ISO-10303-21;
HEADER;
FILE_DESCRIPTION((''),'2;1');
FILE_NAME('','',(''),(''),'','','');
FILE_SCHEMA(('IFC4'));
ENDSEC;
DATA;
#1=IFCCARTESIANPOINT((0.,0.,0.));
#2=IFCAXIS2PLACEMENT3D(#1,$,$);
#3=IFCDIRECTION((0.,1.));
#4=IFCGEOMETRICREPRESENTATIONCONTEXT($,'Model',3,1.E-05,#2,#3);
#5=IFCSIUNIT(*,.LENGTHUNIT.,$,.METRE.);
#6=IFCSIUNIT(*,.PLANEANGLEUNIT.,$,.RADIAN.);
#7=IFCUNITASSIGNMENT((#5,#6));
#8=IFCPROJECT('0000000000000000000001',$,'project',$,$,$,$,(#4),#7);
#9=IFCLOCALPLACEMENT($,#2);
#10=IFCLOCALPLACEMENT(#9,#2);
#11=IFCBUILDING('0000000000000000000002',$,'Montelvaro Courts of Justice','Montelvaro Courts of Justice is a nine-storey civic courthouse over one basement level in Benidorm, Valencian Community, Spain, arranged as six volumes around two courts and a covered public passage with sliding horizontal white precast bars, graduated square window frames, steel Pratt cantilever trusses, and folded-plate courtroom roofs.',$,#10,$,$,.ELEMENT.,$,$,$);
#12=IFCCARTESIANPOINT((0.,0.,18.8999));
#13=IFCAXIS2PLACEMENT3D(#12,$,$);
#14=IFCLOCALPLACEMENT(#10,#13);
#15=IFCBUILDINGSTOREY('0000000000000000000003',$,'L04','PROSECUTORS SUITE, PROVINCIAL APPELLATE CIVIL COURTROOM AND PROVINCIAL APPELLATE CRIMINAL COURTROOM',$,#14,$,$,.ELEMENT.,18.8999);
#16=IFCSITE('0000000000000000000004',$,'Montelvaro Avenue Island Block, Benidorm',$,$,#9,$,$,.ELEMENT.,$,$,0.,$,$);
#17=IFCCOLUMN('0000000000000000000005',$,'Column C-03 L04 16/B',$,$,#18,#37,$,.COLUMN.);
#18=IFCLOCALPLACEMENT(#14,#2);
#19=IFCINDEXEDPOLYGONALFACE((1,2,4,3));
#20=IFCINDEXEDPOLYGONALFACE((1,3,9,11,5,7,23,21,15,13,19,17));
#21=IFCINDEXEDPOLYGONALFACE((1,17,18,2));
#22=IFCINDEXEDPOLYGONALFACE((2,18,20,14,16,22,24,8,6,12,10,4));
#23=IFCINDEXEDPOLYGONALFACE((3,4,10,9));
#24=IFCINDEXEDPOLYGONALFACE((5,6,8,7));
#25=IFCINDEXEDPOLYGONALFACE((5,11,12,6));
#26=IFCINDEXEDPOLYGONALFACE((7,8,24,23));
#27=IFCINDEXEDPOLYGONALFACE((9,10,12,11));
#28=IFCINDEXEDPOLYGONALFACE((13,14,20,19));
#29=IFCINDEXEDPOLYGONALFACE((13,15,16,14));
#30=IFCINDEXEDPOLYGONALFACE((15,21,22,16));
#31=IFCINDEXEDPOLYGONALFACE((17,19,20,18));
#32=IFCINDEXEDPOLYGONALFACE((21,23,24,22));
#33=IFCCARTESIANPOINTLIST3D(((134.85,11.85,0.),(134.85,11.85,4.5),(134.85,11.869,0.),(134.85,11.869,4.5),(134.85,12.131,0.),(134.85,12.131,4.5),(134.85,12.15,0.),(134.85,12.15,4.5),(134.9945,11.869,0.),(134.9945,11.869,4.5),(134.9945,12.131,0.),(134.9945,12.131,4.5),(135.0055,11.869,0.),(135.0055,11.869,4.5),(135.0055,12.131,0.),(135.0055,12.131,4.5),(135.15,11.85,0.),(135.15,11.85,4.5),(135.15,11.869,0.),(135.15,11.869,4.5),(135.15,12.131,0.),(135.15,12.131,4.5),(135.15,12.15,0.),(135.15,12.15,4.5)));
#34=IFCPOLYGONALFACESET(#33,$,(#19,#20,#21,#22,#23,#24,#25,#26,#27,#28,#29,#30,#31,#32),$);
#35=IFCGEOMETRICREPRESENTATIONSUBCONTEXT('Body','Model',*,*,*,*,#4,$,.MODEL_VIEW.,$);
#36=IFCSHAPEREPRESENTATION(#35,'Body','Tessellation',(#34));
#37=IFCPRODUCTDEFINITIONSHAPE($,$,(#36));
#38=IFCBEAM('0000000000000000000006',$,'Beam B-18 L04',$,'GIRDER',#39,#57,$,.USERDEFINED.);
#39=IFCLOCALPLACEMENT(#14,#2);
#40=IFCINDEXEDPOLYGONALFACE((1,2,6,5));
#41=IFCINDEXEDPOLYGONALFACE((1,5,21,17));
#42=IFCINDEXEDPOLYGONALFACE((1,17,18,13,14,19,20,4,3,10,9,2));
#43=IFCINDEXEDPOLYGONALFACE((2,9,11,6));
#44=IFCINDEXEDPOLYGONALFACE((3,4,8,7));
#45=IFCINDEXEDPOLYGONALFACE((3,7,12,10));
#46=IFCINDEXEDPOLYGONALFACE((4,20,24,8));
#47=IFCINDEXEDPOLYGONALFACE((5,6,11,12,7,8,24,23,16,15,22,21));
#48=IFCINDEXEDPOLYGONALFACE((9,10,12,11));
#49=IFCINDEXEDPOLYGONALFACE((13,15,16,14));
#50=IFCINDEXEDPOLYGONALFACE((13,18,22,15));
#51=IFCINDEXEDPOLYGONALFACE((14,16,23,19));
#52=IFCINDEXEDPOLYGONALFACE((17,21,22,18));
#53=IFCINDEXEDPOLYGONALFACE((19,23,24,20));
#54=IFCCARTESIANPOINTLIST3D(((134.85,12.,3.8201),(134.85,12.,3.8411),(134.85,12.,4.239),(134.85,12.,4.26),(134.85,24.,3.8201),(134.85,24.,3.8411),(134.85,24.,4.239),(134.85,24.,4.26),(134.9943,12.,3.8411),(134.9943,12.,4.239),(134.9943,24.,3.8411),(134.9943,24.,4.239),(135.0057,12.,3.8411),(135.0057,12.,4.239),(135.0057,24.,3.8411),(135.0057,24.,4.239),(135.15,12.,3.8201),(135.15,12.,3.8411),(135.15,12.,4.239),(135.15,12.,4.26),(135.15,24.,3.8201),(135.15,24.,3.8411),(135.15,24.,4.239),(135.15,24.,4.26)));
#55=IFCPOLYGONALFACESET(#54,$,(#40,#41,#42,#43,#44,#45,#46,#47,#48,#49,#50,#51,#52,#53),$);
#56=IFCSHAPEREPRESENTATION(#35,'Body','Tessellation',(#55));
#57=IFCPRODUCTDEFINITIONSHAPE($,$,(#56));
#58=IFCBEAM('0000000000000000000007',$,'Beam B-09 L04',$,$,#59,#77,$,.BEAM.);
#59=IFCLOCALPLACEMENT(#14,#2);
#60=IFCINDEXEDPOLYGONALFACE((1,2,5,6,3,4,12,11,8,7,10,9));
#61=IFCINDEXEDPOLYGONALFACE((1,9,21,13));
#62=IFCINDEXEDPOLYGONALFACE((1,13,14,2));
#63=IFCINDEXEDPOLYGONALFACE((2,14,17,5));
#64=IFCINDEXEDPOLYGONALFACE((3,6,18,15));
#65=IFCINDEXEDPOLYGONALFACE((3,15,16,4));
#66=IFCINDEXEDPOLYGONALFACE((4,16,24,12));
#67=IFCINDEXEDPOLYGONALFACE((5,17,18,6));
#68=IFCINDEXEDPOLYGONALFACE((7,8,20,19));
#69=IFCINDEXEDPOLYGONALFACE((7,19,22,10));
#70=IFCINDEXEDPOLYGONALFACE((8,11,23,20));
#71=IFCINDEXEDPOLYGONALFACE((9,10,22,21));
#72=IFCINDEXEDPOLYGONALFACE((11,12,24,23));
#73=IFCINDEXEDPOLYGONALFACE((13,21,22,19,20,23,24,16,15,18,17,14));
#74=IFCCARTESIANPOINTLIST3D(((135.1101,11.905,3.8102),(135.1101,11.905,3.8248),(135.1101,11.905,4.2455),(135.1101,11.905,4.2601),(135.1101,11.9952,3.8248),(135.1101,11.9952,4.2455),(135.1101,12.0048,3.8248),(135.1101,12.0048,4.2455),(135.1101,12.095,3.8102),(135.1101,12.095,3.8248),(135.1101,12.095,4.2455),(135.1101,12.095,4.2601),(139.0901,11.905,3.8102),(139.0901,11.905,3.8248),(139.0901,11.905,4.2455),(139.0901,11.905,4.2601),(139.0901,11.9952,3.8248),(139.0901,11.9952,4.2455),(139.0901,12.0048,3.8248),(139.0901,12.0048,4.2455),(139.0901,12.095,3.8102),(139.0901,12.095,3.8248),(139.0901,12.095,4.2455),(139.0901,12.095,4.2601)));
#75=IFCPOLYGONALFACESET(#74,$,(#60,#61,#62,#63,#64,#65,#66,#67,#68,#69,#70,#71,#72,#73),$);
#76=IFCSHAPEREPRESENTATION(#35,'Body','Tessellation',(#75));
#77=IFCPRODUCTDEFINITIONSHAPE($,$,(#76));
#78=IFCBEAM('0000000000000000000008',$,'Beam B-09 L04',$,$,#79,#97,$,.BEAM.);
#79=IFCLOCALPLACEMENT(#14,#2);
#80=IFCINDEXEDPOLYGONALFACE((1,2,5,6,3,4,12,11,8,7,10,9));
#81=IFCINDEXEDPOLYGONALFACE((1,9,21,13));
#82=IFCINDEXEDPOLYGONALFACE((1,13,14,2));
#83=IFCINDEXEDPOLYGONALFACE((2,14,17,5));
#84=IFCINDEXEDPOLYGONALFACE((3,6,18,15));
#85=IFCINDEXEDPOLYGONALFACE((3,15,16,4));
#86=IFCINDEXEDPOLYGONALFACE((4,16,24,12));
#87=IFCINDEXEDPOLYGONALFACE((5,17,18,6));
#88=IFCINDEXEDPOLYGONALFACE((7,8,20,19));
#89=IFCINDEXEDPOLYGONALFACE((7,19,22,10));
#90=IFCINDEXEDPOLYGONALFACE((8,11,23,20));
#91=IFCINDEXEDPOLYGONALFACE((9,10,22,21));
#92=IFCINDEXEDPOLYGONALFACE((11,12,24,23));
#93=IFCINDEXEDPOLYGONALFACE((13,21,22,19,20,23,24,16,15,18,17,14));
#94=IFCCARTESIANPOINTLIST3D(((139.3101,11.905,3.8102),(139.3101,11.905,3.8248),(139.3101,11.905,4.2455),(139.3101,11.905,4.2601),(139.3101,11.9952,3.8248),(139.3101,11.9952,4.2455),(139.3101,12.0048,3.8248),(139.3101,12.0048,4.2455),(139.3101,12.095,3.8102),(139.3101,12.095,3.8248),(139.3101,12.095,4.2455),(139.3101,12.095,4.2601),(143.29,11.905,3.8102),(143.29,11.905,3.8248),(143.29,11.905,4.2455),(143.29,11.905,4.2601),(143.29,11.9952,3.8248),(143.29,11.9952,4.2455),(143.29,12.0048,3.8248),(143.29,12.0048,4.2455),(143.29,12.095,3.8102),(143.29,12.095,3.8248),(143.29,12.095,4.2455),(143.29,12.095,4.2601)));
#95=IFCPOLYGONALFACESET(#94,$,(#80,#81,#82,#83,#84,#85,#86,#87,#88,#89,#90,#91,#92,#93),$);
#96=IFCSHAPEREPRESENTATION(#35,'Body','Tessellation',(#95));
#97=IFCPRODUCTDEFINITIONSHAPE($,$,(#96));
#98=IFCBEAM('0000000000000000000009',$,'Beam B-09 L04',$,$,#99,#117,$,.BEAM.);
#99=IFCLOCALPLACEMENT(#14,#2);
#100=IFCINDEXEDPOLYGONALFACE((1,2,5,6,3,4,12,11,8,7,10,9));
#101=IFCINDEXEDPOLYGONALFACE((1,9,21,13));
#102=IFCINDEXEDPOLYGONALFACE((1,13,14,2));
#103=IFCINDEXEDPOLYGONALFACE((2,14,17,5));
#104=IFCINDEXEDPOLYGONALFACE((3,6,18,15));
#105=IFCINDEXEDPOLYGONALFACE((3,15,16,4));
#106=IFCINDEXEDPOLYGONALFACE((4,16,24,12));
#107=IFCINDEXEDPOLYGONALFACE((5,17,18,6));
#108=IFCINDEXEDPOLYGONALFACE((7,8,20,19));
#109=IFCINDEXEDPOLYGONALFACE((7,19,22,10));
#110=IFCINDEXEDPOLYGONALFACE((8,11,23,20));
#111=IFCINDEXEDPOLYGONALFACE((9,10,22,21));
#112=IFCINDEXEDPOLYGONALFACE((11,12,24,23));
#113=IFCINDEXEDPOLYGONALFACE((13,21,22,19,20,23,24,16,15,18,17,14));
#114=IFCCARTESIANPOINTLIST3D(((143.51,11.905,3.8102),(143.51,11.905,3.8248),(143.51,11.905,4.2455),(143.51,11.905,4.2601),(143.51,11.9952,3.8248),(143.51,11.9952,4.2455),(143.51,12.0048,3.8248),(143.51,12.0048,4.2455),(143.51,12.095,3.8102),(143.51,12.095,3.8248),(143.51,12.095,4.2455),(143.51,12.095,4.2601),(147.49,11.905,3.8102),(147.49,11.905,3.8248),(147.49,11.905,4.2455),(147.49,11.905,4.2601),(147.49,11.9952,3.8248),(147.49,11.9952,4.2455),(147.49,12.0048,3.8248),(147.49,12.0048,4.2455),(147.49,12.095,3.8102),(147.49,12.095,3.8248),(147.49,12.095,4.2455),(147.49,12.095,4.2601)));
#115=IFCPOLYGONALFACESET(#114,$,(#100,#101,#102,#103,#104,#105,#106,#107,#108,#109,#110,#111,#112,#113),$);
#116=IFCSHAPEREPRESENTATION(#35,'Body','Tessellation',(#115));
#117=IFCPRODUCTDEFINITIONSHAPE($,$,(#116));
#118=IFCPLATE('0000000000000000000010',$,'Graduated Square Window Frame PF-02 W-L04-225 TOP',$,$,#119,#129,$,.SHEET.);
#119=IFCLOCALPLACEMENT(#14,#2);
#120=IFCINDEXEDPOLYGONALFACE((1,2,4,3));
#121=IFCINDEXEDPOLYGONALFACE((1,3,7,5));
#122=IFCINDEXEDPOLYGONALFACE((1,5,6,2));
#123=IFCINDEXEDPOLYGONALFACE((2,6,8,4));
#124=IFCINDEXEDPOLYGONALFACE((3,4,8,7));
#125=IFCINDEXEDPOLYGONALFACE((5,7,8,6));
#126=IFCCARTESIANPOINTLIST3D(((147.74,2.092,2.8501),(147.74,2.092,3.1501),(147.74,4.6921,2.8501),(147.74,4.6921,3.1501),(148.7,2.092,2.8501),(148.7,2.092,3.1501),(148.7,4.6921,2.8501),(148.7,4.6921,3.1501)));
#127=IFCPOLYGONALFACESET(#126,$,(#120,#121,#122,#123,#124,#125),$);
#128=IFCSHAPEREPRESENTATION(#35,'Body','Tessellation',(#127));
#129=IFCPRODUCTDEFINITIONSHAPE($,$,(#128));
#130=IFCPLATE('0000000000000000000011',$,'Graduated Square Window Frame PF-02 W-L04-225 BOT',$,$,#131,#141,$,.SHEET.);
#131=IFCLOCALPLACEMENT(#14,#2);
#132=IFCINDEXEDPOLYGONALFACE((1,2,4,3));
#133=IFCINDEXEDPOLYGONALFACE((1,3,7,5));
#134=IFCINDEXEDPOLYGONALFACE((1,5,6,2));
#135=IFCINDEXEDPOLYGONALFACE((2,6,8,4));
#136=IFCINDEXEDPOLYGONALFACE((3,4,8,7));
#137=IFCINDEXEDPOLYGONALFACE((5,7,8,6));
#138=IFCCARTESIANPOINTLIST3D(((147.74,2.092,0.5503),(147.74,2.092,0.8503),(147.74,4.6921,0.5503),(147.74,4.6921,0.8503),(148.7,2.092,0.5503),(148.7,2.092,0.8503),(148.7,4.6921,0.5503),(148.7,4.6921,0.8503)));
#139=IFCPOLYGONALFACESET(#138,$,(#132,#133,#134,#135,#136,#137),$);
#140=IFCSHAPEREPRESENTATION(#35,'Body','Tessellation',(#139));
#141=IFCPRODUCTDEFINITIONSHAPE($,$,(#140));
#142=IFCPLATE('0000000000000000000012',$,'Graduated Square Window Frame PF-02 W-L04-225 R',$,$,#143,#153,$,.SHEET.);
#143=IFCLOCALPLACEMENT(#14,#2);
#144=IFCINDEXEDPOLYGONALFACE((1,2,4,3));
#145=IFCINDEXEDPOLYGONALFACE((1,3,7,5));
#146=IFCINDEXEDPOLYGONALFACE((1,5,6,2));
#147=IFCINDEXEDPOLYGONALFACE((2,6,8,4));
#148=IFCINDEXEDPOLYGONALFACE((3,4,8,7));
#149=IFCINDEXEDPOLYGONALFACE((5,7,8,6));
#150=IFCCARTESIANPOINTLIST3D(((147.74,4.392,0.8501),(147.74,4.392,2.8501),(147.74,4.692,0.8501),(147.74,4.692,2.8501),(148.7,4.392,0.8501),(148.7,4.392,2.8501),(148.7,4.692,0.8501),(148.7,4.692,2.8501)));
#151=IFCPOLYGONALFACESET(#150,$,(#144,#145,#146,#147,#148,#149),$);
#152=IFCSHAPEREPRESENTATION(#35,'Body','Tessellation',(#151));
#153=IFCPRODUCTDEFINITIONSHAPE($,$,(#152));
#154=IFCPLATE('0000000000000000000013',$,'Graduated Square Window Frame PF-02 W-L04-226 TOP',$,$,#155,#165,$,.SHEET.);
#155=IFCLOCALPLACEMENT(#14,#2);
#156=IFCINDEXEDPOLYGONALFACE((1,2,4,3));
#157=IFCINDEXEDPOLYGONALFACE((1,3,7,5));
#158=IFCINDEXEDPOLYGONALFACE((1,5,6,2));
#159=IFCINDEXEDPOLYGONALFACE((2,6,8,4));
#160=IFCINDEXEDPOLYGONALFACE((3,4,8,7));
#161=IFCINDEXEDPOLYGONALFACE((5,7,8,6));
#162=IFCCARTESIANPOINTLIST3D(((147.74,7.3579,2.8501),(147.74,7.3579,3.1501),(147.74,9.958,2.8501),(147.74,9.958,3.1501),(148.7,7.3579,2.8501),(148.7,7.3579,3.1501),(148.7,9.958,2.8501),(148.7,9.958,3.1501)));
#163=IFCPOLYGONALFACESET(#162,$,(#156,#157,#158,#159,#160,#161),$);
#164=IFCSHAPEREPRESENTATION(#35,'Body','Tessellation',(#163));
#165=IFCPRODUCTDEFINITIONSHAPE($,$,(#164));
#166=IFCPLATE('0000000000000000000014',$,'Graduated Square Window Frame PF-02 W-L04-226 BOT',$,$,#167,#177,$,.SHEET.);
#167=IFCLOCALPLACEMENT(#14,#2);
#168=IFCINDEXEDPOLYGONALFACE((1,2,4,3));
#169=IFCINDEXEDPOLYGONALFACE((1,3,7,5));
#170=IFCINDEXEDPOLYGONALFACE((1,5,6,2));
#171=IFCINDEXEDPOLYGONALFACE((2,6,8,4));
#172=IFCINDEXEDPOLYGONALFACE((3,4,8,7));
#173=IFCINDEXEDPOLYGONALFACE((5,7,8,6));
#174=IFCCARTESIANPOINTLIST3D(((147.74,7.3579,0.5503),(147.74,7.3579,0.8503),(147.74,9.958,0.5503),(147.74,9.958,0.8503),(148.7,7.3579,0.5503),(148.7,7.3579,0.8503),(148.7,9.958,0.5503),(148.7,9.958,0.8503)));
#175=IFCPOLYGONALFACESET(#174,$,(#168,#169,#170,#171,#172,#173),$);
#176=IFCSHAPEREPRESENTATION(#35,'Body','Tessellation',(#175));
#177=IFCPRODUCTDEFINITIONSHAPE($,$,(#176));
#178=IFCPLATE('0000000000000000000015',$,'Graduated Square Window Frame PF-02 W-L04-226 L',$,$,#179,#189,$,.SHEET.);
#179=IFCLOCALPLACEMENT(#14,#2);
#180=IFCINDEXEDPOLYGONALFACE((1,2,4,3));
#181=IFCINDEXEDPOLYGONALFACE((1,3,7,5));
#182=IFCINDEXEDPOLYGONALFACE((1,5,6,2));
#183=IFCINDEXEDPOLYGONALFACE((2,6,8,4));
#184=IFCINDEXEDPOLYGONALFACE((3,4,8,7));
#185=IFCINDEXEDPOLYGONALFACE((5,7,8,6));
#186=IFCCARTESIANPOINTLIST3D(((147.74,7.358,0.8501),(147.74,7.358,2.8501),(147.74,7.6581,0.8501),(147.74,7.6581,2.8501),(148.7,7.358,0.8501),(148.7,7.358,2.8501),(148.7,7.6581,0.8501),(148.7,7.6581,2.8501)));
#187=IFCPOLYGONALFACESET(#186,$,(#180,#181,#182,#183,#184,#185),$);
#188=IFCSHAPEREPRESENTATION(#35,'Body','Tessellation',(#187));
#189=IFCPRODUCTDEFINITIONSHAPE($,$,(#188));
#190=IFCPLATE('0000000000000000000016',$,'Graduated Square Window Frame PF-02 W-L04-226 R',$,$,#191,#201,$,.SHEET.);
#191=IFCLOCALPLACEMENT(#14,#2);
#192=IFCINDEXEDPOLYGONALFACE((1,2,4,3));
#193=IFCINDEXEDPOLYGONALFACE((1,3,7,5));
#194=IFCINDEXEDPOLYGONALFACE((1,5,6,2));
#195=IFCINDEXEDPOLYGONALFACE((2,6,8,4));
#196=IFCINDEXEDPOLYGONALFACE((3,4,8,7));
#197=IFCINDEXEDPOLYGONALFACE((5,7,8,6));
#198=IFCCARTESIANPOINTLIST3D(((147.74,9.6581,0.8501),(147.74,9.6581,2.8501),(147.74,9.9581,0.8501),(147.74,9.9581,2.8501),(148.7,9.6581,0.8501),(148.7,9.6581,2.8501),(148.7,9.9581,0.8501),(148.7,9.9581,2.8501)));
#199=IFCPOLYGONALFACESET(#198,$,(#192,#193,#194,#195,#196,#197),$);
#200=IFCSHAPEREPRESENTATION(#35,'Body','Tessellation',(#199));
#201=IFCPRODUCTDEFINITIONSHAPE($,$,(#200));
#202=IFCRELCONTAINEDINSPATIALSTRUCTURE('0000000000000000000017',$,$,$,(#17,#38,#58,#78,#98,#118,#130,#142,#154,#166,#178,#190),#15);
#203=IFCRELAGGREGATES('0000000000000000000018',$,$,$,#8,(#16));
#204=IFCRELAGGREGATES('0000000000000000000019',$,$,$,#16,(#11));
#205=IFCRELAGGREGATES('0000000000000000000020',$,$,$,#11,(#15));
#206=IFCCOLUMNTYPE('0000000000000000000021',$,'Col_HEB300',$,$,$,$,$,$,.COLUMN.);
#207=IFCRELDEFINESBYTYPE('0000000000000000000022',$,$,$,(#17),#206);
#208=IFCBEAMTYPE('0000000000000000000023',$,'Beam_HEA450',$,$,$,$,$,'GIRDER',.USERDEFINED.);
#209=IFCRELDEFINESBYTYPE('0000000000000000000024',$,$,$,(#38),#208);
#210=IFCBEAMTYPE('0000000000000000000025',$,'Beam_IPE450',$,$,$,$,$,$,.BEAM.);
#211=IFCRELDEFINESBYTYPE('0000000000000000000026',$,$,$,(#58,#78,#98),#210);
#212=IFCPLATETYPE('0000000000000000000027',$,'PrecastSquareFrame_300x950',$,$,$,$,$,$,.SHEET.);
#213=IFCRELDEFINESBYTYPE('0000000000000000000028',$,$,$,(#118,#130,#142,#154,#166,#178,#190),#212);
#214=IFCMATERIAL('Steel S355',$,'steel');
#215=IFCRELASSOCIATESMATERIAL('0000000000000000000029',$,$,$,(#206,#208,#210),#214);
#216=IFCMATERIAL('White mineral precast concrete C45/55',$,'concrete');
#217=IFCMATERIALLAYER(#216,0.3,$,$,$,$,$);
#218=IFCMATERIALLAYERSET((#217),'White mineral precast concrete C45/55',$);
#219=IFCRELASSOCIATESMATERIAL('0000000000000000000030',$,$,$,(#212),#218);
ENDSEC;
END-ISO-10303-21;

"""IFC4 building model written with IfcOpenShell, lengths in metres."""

from ifc_helpers import new_model, si_unit, direction, frame, origin, origin_2d, place, context, subcontext, project, spatial, rectangle, i_section, extrude, material, layer, layer_set, material_profile, profile_set, type_object, element, save


model = new_model("IFC4")

# Units and contexts
model_context = context("Model", 3, precision=1e-05, world=origin(), true_north=direction((0.0, 1.0)))
body_context = subcontext(model_context, "Body", "Model", "MODEL_VIEW")
ifc_project = project(units=[si_unit("LENGTHUNIT", "METRE"), si_unit("PLANEANGLEUNIT", "RADIAN")], contexts=[model_context])

# Site, building, storey
site_placement = place(None, origin())
site = spatial("IfcSite", under=ifc_project, at=site_placement, Name="Montelvaro Avenue Island Block, Benidorm", CompositionType="ELEMENT", RefElevation=0.0)
building_placement = place(site_placement, origin())
building = spatial("IfcBuilding", under=site, at=building_placement, Name="Montelvaro Courts of Justice", Description="Montelvaro Courts of Justice is a nine-storey civic courthouse over one basement level in Benidorm, Valencian Community, Spain, arranged as six volumes around two courts and a covered public passage with sliding horizontal white precast bars, graduated square window frames, steel Pratt cantilever trusses, and folded-plate courtroom roofs.", CompositionType="ELEMENT")
storey_placement = place(building_placement, frame((0.0, 0.0, 18.8999)))
storey = spatial("IfcBuildingStorey", under=building, at=storey_placement, Name="L04", Description="PROSECUTORS SUITE, PROVINCIAL APPELLATE CIVIL COURTROOM AND PROVINCIAL APPELLATE CRIMINAL COURTROOM", CompositionType="ELEMENT", Elevation=18.8999)

# Column
ifc_material_1 = material(Name="Steel S355", Category="steel")
ifc_material_profile_1 = material_profile(ifc_material_1, i_section(OverallWidth=0.3, OverallDepth=0.3, WebThickness=0.011, FlangeThickness=0.019, at=origin_2d()), Name="HEB 300")
ifc_profile_set_1 = profile_set([ifc_material_profile_1], Name="Steel S355")
column_type = type_object("IfcColumnType", Name="Col_HEB300", PredefinedType="COLUMN", material=ifc_profile_set_1)
column_placement = place(storey_placement, frame((135.0, 12.0, 0.0), z_axis=(0.0, 0.0, 1.0), x_axis=(1.0, 0.0, 0.0)))
element("IfcColumn", 1, at=column_placement, inside=storey, type_object=column_type, Name="Column C-03 L04 16/B", PredefinedType="COLUMN", context=body_context, shape_type="SweptSolid", body=[
    extrude(i_section(OverallWidth=0.3, OverallDepth=0.3, WebThickness=0.011, FlangeThickness=0.019, at=origin_2d()), origin(), (0.0, 0.0, 1.0), 4.5),
])

# Beams
ifc_material_profile_2 = material_profile(ifc_material_1, i_section(OverallWidth=0.3, OverallDepth=0.4399, WebThickness=0.0115, FlangeThickness=0.021, at=origin_2d()), Name="HEA 450")
ifc_profile_set_2 = profile_set([ifc_material_profile_2], Name="Steel S355")
beam_type_1 = type_object("IfcBeamType", Name="Beam_HEA450", ElementType="GIRDER", PredefinedType="USERDEFINED", material=ifc_profile_set_2)
beam_placement = place(storey_placement, frame((135.0, 12.0, 4.04), z_axis=(0.0, 1.0, 0.0), x_axis=(-1.0, 0.0, 0.0)))
element("IfcBeam", 2, at=beam_placement, inside=storey, type_object=beam_type_1, Name="Beam B-18 L04", ObjectType="GIRDER", PredefinedType="USERDEFINED", context=body_context, shape_type="SweptSolid", body=[
    extrude(i_section(OverallWidth=0.3, OverallDepth=0.4399, WebThickness=0.0115, FlangeThickness=0.021, at=origin_2d()), origin(), (0.0, 0.0, 1.0), 12.0),
])
ifc_material_profile_3 = material_profile(ifc_material_1, i_section(OverallWidth=0.1899, OverallDepth=0.45, WebThickness=0.0095, FlangeThickness=0.0146, at=origin_2d()), Name="IPE 450")
ifc_profile_set_3 = profile_set([ifc_material_profile_3], Name="Steel S355")
beam_type_2 = type_object("IfcBeamType", Name="Beam_IPE450", PredefinedType="BEAM", material=ifc_profile_set_3)
for number, where, z_axis, x_axis, name in (
    (3, (135.1101, 12.0, 4.0352), (1.0, 0.0, 0.0), (0.0, 1.0, 0.0), "Beam B-09 L04"),
    (4, (139.3101, 12.0, 4.0352), (1.0, 0.0, 0.0), (0.0, 1.0, 0.0), "Beam B-09 L04"),
    (5, (143.51, 12.0, 4.0352), (1.0, 0.0, 0.0), (0.0, 1.0, 0.0), "Beam B-09 L04"),
):
    element("IfcBeam", number, at=place(storey_placement, frame(where, z_axis=z_axis, x_axis=x_axis)), inside=storey, type_object=beam_type_2, Name=name, PredefinedType="BEAM", context=body_context, shape_type="SweptSolid", body=[
        extrude(i_section(OverallWidth=0.1899, OverallDepth=0.45, WebThickness=0.0095, FlangeThickness=0.0146, at=origin_2d()), origin(), (0.0, 0.0, 1.0), 3.98),
    ])

# Plates
ifc_material_2 = material(Name="White mineral precast concrete C45/55", Category="concrete")
ifc_layer_1 = layer(ifc_material_2, 0.3)
ifc_layer_set_1 = layer_set([ifc_layer_1], Name="White mineral precast concrete C45/55")
plate_type = type_object("IfcPlateType", Name="PrecastSquareFrame_300x950", PredefinedType="SHEET", material=ifc_layer_set_1)
for number, where, z_axis, x_axis, name in (
    (6, (148.22, 3.3921, 2.8501), (0.0, 0.0, 1.0), (0.0, 1.0, 0.0), "Graduated Square Window Frame PF-02 W-L04-225 TOP"),
    (7, (148.22, 3.3921, 0.5503), (0.0, 0.0, 1.0), (0.0, 1.0, 0.0), "Graduated Square Window Frame PF-02 W-L04-225 BOT"),
):
    element("IfcPlate", number, at=place(storey_placement, frame(where, z_axis=z_axis, x_axis=x_axis)), inside=storey, type_object=plate_type, Name=name, PredefinedType="SHEET", context=body_context, shape_type="SweptSolid", body=[
        extrude(rectangle(XDim=2.6001, YDim=0.96, at=origin_2d()), origin(), (0.0, 0.0, 1.0), 0.3),
    ])
plate_placement = place(storey_placement, frame((148.22, 4.542, 0.8501), z_axis=(0.0, 0.0, 1.0), x_axis=(0.0, 1.0, 0.0)))
element("IfcPlate", 8, at=plate_placement, inside=storey, type_object=plate_type, Name="Graduated Square Window Frame PF-02 W-L04-225 R", PredefinedType="SHEET", context=body_context, shape_type="SweptSolid", body=[
    extrude(rectangle(XDim=0.3, YDim=0.96, at=origin_2d()), origin(), (0.0, 0.0, 1.0), 2.0),
])
for number, where, z_axis, x_axis, name in (
    (9, (148.22, 8.658, 2.8501), (0.0, 0.0, 1.0), (0.0, 1.0, 0.0), "Graduated Square Window Frame PF-02 W-L04-226 TOP"),
    (10, (148.22, 8.658, 0.5503), (0.0, 0.0, 1.0), (0.0, 1.0, 0.0), "Graduated Square Window Frame PF-02 W-L04-226 BOT"),
):
    element("IfcPlate", number, at=place(storey_placement, frame(where, z_axis=z_axis, x_axis=x_axis)), inside=storey, type_object=plate_type, Name=name, PredefinedType="SHEET", context=body_context, shape_type="SweptSolid", body=[
        extrude(rectangle(XDim=2.6001, YDim=0.96, at=origin_2d()), origin(), (0.0, 0.0, 1.0), 0.3),
    ])
for number, where, z_axis, x_axis, name in (
    (11, (148.22, 7.5081, 0.8501), (0.0, 0.0, 1.0), (0.0, 1.0, 0.0), "Graduated Square Window Frame PF-02 W-L04-226 L"),
    (12, (148.22, 9.8081, 0.8501), (0.0, 0.0, 1.0), (0.0, 1.0, 0.0), "Graduated Square Window Frame PF-02 W-L04-226 R"),
):
    element("IfcPlate", number, at=place(storey_placement, frame(where, z_axis=z_axis, x_axis=x_axis)), inside=storey, type_object=plate_type, Name=name, PredefinedType="SHEET", context=body_context, shape_type="SweptSolid", body=[
        extrude(rectangle(XDim=0.3, YDim=0.96, at=origin_2d()), origin(), (0.0, 0.0, 1.0), 2.0),
    ])

save(model, "model.ifc")
